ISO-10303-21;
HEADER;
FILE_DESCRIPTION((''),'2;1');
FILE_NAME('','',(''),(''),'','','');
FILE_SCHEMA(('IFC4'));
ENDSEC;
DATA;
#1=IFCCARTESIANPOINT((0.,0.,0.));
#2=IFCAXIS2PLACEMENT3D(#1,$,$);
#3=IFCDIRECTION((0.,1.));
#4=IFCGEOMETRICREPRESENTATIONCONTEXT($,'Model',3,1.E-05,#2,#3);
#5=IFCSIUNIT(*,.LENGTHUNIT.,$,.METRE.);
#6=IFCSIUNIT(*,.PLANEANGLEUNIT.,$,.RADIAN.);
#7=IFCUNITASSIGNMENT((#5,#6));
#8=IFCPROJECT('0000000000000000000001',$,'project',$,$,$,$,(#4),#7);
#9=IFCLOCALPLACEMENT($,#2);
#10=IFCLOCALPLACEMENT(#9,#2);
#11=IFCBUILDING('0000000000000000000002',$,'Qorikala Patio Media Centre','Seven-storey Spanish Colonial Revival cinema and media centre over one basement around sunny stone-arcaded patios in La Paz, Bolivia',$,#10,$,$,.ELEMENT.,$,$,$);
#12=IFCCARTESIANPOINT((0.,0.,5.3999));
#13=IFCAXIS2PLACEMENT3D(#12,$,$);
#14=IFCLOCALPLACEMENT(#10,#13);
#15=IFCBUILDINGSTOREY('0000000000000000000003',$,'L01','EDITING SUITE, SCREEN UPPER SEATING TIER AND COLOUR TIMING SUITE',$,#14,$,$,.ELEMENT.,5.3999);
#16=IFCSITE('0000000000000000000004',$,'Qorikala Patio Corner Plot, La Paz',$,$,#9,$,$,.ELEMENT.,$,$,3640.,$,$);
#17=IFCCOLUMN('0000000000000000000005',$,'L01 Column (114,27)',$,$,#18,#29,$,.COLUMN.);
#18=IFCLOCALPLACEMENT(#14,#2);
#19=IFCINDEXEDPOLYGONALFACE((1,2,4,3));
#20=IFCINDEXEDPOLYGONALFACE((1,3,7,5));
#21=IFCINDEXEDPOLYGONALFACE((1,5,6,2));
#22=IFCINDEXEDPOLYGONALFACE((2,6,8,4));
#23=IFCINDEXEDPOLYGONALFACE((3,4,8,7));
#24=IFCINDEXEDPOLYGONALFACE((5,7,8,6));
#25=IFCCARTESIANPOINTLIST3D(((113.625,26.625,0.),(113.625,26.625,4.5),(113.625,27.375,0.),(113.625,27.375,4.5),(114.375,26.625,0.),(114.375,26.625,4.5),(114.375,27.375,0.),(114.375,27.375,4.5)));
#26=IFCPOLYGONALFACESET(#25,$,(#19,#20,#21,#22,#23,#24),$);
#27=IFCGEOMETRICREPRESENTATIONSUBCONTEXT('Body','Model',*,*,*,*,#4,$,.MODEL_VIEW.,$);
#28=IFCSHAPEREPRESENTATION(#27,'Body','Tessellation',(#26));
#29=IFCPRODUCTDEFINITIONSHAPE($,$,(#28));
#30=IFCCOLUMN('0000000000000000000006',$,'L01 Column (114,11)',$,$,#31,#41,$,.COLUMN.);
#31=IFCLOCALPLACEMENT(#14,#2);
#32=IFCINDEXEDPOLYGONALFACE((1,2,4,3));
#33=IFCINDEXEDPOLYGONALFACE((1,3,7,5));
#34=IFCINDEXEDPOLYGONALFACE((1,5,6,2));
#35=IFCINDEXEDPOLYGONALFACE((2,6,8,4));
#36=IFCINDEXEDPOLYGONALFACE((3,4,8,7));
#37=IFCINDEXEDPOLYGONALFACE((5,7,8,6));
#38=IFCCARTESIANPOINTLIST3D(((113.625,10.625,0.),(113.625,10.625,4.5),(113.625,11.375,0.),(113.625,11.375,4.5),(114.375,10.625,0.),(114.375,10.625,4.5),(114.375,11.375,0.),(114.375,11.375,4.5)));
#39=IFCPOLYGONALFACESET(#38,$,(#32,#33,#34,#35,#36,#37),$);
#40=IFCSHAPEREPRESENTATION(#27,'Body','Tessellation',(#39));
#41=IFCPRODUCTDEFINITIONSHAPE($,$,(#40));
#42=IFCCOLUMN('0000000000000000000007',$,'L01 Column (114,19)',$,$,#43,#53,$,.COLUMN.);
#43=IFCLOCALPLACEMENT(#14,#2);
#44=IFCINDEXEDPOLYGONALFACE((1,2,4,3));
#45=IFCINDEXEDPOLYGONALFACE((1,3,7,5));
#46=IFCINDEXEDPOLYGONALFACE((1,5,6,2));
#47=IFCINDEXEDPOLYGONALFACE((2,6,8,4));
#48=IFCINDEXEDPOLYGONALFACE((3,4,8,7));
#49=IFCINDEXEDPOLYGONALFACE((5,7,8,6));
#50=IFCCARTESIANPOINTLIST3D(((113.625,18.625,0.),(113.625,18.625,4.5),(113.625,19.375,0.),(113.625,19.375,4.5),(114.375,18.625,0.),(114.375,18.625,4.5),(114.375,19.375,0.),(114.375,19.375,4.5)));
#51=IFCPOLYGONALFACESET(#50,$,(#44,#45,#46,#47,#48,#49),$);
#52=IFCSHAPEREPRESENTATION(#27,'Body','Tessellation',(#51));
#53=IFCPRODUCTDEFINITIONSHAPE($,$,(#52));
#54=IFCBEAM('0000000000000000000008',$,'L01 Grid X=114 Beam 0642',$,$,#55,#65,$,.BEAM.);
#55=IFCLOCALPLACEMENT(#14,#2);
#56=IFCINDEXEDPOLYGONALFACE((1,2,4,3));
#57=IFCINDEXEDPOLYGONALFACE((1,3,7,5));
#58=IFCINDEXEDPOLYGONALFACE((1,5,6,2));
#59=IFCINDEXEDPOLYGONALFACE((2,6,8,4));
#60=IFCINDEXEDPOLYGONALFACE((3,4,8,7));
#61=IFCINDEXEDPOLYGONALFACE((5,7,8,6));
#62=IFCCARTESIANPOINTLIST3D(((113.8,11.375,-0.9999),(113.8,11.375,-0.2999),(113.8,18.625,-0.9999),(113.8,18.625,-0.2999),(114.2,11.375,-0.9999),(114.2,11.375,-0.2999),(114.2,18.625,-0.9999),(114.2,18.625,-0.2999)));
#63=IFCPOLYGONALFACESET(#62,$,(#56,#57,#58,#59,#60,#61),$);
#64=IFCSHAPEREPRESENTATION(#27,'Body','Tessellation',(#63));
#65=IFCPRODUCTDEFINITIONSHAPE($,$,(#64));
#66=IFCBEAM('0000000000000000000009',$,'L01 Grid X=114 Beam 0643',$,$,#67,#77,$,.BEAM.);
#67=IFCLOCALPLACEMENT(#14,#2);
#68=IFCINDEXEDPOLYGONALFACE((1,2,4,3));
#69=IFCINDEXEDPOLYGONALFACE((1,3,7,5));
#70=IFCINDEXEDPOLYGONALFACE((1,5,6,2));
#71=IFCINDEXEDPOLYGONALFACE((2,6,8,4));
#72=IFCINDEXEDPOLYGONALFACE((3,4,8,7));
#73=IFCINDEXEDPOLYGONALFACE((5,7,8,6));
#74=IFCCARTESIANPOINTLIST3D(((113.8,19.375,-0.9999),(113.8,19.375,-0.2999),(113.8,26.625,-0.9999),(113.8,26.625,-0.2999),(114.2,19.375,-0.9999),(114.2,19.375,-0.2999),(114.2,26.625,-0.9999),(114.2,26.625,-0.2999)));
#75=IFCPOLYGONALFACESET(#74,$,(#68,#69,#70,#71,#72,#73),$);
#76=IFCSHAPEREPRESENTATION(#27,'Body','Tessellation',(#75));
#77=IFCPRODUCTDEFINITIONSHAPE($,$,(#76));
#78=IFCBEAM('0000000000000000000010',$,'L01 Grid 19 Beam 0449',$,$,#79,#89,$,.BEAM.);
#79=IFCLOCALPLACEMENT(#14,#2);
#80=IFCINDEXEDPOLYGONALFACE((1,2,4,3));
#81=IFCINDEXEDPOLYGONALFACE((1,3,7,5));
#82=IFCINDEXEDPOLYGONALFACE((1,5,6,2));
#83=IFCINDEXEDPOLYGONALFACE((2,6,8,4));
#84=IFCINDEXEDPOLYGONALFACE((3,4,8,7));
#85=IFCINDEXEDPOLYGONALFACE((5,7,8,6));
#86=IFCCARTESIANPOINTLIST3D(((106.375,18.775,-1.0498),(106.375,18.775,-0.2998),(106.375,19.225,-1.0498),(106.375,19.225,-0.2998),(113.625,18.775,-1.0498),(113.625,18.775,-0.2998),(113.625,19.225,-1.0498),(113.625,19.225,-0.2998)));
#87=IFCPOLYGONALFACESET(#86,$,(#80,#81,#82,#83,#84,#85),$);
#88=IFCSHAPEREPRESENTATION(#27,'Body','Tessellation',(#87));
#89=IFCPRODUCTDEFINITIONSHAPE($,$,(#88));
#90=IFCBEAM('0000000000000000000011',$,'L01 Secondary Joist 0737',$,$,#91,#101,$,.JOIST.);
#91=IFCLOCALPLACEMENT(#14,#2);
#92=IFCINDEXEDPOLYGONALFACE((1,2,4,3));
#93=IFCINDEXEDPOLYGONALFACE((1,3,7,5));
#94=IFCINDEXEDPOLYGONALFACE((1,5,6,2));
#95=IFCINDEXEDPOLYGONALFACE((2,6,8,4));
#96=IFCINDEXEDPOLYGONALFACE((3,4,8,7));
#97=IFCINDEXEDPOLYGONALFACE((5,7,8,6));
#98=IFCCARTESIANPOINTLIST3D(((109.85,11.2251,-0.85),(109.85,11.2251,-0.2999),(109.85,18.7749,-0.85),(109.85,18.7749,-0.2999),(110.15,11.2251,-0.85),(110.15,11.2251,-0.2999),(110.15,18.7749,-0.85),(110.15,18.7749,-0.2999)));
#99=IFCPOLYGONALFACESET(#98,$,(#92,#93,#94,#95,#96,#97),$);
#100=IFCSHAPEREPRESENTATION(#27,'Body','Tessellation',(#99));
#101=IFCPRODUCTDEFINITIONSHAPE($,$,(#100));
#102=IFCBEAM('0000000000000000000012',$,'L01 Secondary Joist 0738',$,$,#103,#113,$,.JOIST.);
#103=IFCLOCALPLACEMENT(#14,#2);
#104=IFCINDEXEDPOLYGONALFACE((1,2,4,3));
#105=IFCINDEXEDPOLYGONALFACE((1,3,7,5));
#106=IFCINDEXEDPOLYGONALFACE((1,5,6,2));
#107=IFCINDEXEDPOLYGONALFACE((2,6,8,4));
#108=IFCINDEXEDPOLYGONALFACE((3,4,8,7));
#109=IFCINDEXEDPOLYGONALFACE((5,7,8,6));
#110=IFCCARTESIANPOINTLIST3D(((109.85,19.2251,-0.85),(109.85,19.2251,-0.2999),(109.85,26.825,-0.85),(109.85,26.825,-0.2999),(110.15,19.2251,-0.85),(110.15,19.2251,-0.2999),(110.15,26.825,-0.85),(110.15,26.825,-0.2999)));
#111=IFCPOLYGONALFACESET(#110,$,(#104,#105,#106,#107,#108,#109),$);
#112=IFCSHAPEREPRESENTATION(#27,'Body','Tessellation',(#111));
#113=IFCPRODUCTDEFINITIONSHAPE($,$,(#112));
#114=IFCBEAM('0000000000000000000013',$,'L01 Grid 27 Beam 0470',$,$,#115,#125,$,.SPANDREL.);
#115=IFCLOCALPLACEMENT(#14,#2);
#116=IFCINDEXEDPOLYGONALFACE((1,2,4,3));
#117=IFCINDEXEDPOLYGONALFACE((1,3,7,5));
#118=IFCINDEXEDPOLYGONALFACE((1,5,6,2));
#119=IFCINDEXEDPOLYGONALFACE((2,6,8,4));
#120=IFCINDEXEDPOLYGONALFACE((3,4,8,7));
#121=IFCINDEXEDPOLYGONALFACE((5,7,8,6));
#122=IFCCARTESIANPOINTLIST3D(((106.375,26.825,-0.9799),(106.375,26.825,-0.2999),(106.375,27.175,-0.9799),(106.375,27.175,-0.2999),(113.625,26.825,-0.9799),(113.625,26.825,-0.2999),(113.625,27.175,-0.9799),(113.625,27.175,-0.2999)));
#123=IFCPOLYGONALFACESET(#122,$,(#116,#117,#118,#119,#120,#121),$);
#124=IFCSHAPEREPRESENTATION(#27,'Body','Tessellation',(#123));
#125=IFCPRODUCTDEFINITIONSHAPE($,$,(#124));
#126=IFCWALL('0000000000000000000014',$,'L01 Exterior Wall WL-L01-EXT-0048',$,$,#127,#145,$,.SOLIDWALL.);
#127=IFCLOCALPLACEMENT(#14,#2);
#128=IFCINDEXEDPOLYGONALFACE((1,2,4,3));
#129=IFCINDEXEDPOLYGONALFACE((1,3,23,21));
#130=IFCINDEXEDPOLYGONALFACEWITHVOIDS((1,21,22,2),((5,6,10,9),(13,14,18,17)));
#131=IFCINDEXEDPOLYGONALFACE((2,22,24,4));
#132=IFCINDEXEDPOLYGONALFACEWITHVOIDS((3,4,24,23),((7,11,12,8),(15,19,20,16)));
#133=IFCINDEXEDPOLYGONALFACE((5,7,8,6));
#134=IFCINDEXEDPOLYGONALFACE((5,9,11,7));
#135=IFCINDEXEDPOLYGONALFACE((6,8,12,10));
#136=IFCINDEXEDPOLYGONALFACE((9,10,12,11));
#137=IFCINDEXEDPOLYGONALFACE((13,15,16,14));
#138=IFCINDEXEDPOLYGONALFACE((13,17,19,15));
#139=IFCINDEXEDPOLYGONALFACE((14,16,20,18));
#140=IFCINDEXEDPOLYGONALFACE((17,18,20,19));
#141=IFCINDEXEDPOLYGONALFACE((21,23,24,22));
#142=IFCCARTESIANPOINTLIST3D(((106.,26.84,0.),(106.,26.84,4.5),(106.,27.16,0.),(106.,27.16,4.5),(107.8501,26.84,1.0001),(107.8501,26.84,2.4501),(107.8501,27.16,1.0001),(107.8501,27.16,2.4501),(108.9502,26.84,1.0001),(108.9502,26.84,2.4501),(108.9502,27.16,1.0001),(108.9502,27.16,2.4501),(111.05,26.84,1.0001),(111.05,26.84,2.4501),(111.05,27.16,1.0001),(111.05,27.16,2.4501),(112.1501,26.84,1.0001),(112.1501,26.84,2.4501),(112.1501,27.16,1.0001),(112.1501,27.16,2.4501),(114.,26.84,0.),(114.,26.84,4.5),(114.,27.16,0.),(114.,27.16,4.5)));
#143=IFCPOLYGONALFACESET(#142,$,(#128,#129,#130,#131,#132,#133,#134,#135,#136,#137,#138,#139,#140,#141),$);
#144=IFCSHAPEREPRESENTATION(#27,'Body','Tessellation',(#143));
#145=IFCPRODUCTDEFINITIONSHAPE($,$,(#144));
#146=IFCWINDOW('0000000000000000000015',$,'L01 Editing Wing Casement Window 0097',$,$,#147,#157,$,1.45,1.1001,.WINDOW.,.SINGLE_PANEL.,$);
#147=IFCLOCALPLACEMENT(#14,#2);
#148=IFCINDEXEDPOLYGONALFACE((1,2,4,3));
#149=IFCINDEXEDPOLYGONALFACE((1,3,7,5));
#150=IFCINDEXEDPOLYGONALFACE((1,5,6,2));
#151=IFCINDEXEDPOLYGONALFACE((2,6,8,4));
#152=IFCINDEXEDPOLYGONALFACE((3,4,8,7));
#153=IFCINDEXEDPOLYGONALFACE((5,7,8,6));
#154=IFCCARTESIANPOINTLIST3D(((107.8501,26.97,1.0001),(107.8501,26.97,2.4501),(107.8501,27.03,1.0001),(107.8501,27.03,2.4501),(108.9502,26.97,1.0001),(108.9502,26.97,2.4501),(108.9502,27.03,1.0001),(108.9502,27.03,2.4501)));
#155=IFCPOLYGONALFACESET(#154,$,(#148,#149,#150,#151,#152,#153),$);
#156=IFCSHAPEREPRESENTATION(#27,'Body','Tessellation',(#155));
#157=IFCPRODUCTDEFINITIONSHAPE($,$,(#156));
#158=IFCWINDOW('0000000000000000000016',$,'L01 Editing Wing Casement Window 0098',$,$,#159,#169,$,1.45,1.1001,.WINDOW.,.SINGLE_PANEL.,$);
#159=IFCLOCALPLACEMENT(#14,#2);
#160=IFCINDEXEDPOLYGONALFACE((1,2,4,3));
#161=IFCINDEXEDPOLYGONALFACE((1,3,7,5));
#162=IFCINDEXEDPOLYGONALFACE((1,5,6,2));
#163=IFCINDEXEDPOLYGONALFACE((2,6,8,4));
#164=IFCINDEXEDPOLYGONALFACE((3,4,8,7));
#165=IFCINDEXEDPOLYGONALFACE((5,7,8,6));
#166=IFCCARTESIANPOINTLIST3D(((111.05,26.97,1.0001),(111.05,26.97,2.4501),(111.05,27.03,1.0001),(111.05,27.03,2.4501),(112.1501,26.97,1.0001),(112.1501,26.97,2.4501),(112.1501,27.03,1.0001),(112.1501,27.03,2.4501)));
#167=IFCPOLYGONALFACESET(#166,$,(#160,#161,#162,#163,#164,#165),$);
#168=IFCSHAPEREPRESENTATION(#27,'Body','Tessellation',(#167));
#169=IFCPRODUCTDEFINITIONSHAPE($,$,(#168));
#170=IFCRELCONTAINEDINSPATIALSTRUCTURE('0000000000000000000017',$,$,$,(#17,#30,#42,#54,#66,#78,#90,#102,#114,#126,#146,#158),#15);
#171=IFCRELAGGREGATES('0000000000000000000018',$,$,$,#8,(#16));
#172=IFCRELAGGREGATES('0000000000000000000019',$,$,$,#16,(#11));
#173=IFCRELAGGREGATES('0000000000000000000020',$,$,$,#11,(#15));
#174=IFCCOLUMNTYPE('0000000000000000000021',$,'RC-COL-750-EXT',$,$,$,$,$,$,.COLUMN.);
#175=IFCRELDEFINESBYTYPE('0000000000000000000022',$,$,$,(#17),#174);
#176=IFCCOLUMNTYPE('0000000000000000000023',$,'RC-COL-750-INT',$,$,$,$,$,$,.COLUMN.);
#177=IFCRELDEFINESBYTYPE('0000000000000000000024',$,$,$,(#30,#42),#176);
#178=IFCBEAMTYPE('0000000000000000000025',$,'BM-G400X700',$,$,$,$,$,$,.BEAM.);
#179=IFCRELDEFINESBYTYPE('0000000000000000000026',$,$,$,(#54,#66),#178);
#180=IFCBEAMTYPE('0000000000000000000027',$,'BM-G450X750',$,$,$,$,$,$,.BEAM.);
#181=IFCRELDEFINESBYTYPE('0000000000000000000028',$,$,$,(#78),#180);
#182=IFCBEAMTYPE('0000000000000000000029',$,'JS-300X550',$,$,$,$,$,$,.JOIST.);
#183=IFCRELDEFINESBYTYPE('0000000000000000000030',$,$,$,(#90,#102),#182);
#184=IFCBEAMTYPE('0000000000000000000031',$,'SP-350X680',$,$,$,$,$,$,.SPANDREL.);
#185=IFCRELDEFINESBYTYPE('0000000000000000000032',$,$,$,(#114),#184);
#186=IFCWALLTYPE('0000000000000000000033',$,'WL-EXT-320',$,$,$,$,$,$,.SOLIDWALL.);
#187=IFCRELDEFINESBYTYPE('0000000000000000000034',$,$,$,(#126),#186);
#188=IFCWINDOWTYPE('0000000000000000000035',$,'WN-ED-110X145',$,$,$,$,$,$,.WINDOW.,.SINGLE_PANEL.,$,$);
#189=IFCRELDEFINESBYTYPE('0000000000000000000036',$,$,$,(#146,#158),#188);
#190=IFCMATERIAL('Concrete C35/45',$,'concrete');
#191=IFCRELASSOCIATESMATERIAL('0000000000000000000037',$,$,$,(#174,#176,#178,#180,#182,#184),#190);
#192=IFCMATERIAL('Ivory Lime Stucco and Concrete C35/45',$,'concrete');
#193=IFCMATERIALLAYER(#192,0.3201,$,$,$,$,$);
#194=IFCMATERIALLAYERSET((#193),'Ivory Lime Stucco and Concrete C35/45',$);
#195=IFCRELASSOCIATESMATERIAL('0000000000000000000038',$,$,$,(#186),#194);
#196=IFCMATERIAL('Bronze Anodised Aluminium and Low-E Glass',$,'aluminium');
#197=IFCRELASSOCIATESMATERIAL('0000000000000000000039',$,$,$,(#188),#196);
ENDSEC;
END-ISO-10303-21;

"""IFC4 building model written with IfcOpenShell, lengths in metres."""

from ifc_helpers import new_model, si_unit, direction, frame, frame_2d, origin, origin_2d, place, context, subcontext, project, spatial, rectangle, extrude, material, layer, layer_set, material_profile, profile_set, type_object, element, fill, save


model = new_model("IFC4")

# Units and contexts
model_context = context("Model", 3, precision=1e-05, world=origin(), true_north=direction((0.0, 1.0)))
body_context = subcontext(model_context, "Body", "Model", "MODEL_VIEW")
ifc_project = project(units=[si_unit("LENGTHUNIT", "METRE"), si_unit("PLANEANGLEUNIT", "RADIAN")], contexts=[model_context])

# Site, building, storey
site_placement = place(None, origin())
site = spatial("IfcSite", under=ifc_project, at=site_placement, Name="Qorikala Patio Corner Plot, La Paz", CompositionType="ELEMENT", RefElevation=3640.0)
building_placement = place(site_placement, origin())
building = spatial("IfcBuilding", under=site, at=building_placement, Name="Qorikala Patio Media Centre", Description="Seven-storey Spanish Colonial Revival cinema and media centre over one basement around sunny stone-arcaded patios in La Paz, Bolivia", CompositionType="ELEMENT")
storey_placement = place(building_placement, frame((0.0, 0.0, 5.3999)))
storey = spatial("IfcBuildingStorey", under=building, at=storey_placement, Name="L01", Description="EDITING SUITE, SCREEN UPPER SEATING TIER AND COLOUR TIMING SUITE", CompositionType="ELEMENT", Elevation=5.3999)

# Columns
ifc_material_1 = material(Name="Concrete C35/45", Category="concrete")
ifc_material_profile_1 = material_profile(ifc_material_1, rectangle(XDim=0.75, YDim=0.75, at=origin_2d()), Name="RC 750x750")
ifc_profile_set_1 = profile_set([ifc_material_profile_1], Name="Concrete C35/45")
column_type_1 = type_object("IfcColumnType", Name="RC-COL-750-EXT", PredefinedType="COLUMN", material=ifc_profile_set_1)
column_placement = place(storey_placement, frame((114.0, 27.0, 0.0), z_axis=(0.0, 0.0, 1.0), x_axis=(1.0, 0.0, 0.0)))
element("IfcColumn", 1, at=column_placement, inside=storey, type_object=column_type_1, Name="L01 Column (114,27)", PredefinedType="COLUMN", context=body_context, shape_type="SweptSolid", body=[
    extrude(rectangle(XDim=0.75, YDim=0.75, at=origin_2d()), origin(), (0.0, 0.0, 1.0), 4.5),
])
ifc_material_profile_2 = material_profile(ifc_material_1, rectangle(XDim=0.75, YDim=0.75, at=origin_2d()), Name="RC 750x750")
ifc_profile_set_2 = profile_set([ifc_material_profile_2], Name="Concrete C35/45")
column_type_2 = type_object("IfcColumnType", Name="RC-COL-750-INT", PredefinedType="COLUMN", material=ifc_profile_set_2)
for number, where, z_axis, x_axis, name in (
    (2, (114.0, 11.0, 0.0), (0.0, 0.0, 1.0), (1.0, 0.0, 0.0), "L01 Column (114,11)"),
    (3, (114.0, 19.0, 0.0), (0.0, 0.0, 1.0), (1.0, 0.0, 0.0), "L01 Column (114,19)"),
):
    element("IfcColumn", number, at=place(storey_placement, frame(where, z_axis=z_axis, x_axis=x_axis)), inside=storey, type_object=column_type_2, Name=name, PredefinedType="COLUMN", context=body_context, shape_type="SweptSolid", body=[
        extrude(rectangle(XDim=0.75, YDim=0.75, at=origin_2d()), origin(), (0.0, 0.0, 1.0), 4.5),
    ])

# Beams
ifc_material_profile_3 = material_profile(ifc_material_1, rectangle(XDim=0.3999, YDim=0.7, at=origin_2d()), Name="RC 400x700")
ifc_profile_set_3 = profile_set([ifc_material_profile_3], Name="Concrete C35/45")
beam_type_1 = type_object("IfcBeamType", Name="BM-G400X700", PredefinedType="BEAM", material=ifc_profile_set_3)
for number, where, z_axis, x_axis, name in (
    (4, (114.0, 11.375, -0.6499), (0.0, 1.0, 0.0), (-1.0, 0.0, 0.0), "L01 Grid X=114 Beam 0642"),
    (5, (114.0, 19.375, -0.6499), (0.0, 1.0, 0.0), (-1.0, 0.0, 0.0), "L01 Grid X=114 Beam 0643"),
):
    element("IfcBeam", number, at=place(storey_placement, frame(where, z_axis=z_axis, x_axis=x_axis)), inside=storey, type_object=beam_type_1, Name=name, PredefinedType="BEAM", context=body_context, shape_type="SweptSolid", body=[
        extrude(rectangle(XDim=0.3999, YDim=0.7, at=origin_2d()), origin(), (0.0, 0.0, 1.0), 7.25),
    ])
ifc_material_profile_4 = material_profile(ifc_material_1, rectangle(XDim=0.45, YDim=0.75, at=origin_2d()), Name="RC 450x750")
ifc_profile_set_4 = profile_set([ifc_material_profile_4], Name="Concrete C35/45")
beam_type_2 = type_object("IfcBeamType", Name="BM-G450X750", PredefinedType="BEAM", material=ifc_profile_set_4)
beam_1_placement = place(storey_placement, frame((106.375, 19.0, -0.6748), z_axis=(1.0, 0.0, 0.0), x_axis=(0.0, 1.0, 0.0)))
element("IfcBeam", 6, at=beam_1_placement, inside=storey, type_object=beam_type_2, Name="L01 Grid 19 Beam 0449", PredefinedType="BEAM", context=body_context, shape_type="SweptSolid", body=[
    extrude(rectangle(XDim=0.45, YDim=0.75, at=origin_2d()), origin(), (0.0, 0.0, 1.0), 7.25),
])
ifc_material_profile_5 = material_profile(ifc_material_1, rectangle(XDim=0.3, YDim=0.55, at=origin_2d()), Name="RC 300x550")
ifc_profile_set_5 = profile_set([ifc_material_profile_5], Name="Concrete C35/45")
beam_type_3 = type_object("IfcBeamType", Name="JS-300X550", PredefinedType="JOIST", material=ifc_profile_set_5)
beam_2_placement = place(storey_placement, frame((110.0, 11.2251, -0.575), z_axis=(0.0, 1.0, 0.0), x_axis=(-1.0, 0.0, 0.0)))
element("IfcBeam", 7, at=beam_2_placement, inside=storey, type_object=beam_type_3, Name="L01 Secondary Joist 0737", PredefinedType="JOIST", context=body_context, shape_type="SweptSolid", body=[
    extrude(rectangle(XDim=0.3, YDim=0.55, at=origin_2d()), origin(), (0.0, 0.0, 1.0), 7.5498),
])
beam_3_placement = place(storey_placement, frame((110.0, 19.2251, -0.575), z_axis=(0.0, 1.0, 0.0), x_axis=(-1.0, 0.0, 0.0)))
element("IfcBeam", 8, at=beam_3_placement, inside=storey, type_object=beam_type_3, Name="L01 Secondary Joist 0738", PredefinedType="JOIST", context=body_context, shape_type="SweptSolid", body=[
    extrude(rectangle(XDim=0.3, YDim=0.55, at=origin_2d()), origin(), (0.0, 0.0, 1.0), 7.5999),
])
ifc_material_profile_6 = material_profile(ifc_material_1, rectangle(XDim=0.3501, YDim=0.6799, at=origin_2d()), Name="RC 350x680")
ifc_profile_set_6 = profile_set([ifc_material_profile_6], Name="Concrete C35/45")
beam_type_4 = type_object("IfcBeamType", Name="SP-350X680", PredefinedType="SPANDREL", material=ifc_profile_set_6)
beam_4_placement = place(storey_placement, frame((106.375, 27.0, -0.6399), z_axis=(1.0, 0.0, 0.0), x_axis=(0.0, 1.0, 0.0)))
element("IfcBeam", 9, at=beam_4_placement, inside=storey, type_object=beam_type_4, Name="L01 Grid 27 Beam 0470", PredefinedType="SPANDREL", context=body_context, shape_type="SweptSolid", body=[
    extrude(rectangle(XDim=0.3501, YDim=0.6799, at=origin_2d()), origin(), (0.0, 0.0, 1.0), 7.25),
])

# Wall, openings, windows
ifc_material_2 = material(Name="Ivory Lime Stucco and Concrete C35/45", Category="concrete")
ifc_layer_1 = layer(ifc_material_2, 0.3201)
ifc_layer_set_1 = layer_set([ifc_layer_1], Name="Ivory Lime Stucco and Concrete C35/45")
wall_type_1 = type_object("IfcWallType", Name="WL-EXT-320", PredefinedType="SOLIDWALL", material=ifc_layer_set_1)
wall_1_placement = place(storey_placement, frame((106.0, 27.0, 0.0), z_axis=(0.0, 0.0, 1.0), x_axis=(1.0, 0.0, 0.0)))
wall_1 = element("IfcWall", 10, at=wall_1_placement, inside=storey, type_object=wall_type_1, Name="L01 Exterior Wall WL-L01-EXT-0048", PredefinedType="SOLIDWALL", context=body_context, shape_type="SweptSolid", body=[
    extrude(rectangle(XDim=8.0, YDim=0.3201, at=frame_2d((4.0, 0.0))), origin(), (0.0, 0.0, 1.0), 4.5),
])
opening_1_placement = place(wall_1_placement, frame((1.8501, 0.0, 1.0)))
opening_1 = element("IfcOpeningElement", 11, at=opening_1_placement, cuts=wall_1, PredefinedType="OPENING", context=body_context, shape_type="SweptSolid", body=[
    extrude(rectangle(XDim=1.1001, YDim=1.45, at=frame_2d((0.55, 0.7251))), frame((0.0, 0.1699, 0.0), z_axis=(0.0, -1.0, 0.0), x_axis=(1.0, 0.0, 0.0)), (0.0, 0.0, 1.0), 0.3401),
])
opening_2_placement = place(wall_1_placement, frame((5.05, 0.0, 1.0)))
opening_2 = element("IfcOpeningElement", 12, at=opening_2_placement, cuts=wall_1, PredefinedType="OPENING", context=body_context, shape_type="SweptSolid", body=[
    extrude(rectangle(XDim=1.1001, YDim=1.45, at=frame_2d((0.55, 0.7251))), frame((0.0, 0.1699, 0.0), z_axis=(0.0, -1.0, 0.0), x_axis=(1.0, 0.0, 0.0)), (0.0, 0.0, 1.0), 0.3401),
])
ifc_material_3 = material(Name="Bronze Anodised Aluminium and Low-E Glass", Category="aluminium")
window_type_1 = type_object("IfcWindowType", Name="WN-ED-110X145", PartitioningType="SINGLE_PANEL", PredefinedType="WINDOW", material=ifc_material_3)
window_1_placement = place(opening_1_placement, origin())
window_1 = element("IfcWindow", 13, at=window_1_placement, inside=storey, type_object=window_type_1, Name="L01 Editing Wing Casement Window 0097", OverallHeight=1.45, OverallWidth=1.1001, PartitioningType="SINGLE_PANEL", PredefinedType="WINDOW", context=body_context, shape_type="SweptSolid", body=[
    extrude(rectangle(XDim=1.1001, YDim=1.45, at=frame_2d((0.55, 0.7251))), frame((0.0, 0.03, 0.0), z_axis=(0.0, -1.0, 0.0), x_axis=(1.0, 0.0, 0.0)), (0.0, 0.0, 1.0), 0.0601),
])
fill(opening_1, window_1)
window_2_placement = place(opening_2_placement, origin())
window_2 = element("IfcWindow", 14, at=window_2_placement, inside=storey, type_object=window_type_1, Name="L01 Editing Wing Casement Window 0098", OverallHeight=1.45, OverallWidth=1.1001, PartitioningType="SINGLE_PANEL", PredefinedType="WINDOW", context=body_context, shape_type="SweptSolid", body=[
    extrude(rectangle(XDim=1.1001, YDim=1.45, at=frame_2d((0.55, 0.7251))), frame((0.0, 0.03, 0.0), z_axis=(0.0, -1.0, 0.0), x_axis=(1.0, 0.0, 0.0)), (0.0, 0.0, 1.0), 0.0601),
])
fill(opening_2, window_2)

save(model, "model.ifc")
